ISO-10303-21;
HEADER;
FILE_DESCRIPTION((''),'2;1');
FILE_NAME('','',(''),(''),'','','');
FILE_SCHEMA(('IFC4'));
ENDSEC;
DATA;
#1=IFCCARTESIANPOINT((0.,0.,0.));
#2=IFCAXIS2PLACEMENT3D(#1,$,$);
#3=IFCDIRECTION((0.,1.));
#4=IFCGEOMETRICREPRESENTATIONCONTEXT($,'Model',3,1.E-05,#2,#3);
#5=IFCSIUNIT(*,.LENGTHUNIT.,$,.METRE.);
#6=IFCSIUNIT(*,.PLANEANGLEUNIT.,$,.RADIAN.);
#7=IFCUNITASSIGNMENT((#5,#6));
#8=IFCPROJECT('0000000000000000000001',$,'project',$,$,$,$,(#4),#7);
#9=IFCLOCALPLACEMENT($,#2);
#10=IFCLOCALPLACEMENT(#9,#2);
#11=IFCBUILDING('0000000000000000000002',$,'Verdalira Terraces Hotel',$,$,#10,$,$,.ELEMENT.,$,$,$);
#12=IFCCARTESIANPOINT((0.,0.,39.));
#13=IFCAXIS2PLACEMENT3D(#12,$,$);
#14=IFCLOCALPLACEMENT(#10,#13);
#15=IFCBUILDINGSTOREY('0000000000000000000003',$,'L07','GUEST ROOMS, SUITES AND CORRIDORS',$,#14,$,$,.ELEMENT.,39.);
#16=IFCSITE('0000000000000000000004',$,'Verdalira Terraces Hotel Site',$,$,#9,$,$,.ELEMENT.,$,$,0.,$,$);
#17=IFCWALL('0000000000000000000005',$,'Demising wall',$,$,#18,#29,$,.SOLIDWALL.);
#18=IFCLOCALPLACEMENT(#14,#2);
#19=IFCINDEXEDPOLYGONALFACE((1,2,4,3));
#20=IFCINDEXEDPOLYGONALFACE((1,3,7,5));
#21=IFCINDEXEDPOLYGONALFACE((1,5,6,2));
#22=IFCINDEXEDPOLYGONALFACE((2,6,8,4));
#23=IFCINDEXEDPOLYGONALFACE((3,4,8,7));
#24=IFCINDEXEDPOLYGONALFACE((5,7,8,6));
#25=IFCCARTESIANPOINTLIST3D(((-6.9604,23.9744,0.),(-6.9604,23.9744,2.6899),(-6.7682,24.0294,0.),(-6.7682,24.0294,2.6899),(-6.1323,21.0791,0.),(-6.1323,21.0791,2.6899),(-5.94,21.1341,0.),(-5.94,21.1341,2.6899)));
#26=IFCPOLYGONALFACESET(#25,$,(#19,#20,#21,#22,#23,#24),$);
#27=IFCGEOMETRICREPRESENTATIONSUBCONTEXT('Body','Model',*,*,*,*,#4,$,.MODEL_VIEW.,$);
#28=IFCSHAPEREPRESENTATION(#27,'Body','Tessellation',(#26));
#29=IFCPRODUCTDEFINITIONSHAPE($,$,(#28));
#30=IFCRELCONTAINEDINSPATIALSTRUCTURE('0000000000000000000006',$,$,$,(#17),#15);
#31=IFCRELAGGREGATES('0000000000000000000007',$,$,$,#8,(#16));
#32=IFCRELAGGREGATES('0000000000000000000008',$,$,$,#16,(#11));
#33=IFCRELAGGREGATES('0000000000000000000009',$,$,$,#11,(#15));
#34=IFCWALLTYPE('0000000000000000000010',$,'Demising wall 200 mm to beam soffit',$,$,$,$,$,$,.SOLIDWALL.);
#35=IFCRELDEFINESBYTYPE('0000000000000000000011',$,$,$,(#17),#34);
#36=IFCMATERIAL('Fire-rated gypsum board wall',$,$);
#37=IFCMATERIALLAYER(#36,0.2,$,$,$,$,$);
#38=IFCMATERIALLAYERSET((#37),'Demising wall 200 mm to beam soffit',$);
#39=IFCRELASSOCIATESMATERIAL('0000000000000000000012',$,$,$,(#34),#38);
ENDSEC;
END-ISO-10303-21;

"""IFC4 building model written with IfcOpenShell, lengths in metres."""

from ifc_helpers import new_model, si_unit, direction, frame, frame_2d, origin, place, context, subcontext, project, spatial, rectangle, extrude, material, layer, layer_set, type_object, element, save


model = new_model("IFC4")

# Units and contexts
model_context = context("Model", 3, precision=1e-05, world=origin(), true_north=direction((0.0, 1.0)))
body_context = subcontext(model_context, "Body", "Model", "MODEL_VIEW")
ifc_project = project(units=[si_unit("LENGTHUNIT", "METRE"), si_unit("PLANEANGLEUNIT", "RADIAN")], contexts=[model_context])

# Site, building, storey
site_placement = place(None, origin())
site = spatial("IfcSite", under=ifc_project, at=site_placement, Name="Verdalira Terraces Hotel Site", CompositionType="ELEMENT", RefElevation=0.0)
building_placement = place(site_placement, origin())
building = spatial("IfcBuilding", under=site, at=building_placement, Name="Verdalira Terraces Hotel", CompositionType="ELEMENT")
storey_placement = place(building_placement, frame((0.0, 0.0, 39.0)))
storey = spatial("IfcBuildingStorey", under=building, at=storey_placement, Name="L07", Description="GUEST ROOMS, SUITES AND CORRIDORS", CompositionType="ELEMENT", Elevation=39.0)

# Wall
ifc_material_1 = material(Name="Fire-rated gypsum board wall")
ifc_layer_1 = layer(ifc_material_1, 0.2)
ifc_layer_set_1 = layer_set([ifc_layer_1], Name="Demising wall 200 mm to beam soffit")
wall_type_1 = type_object("IfcWallType", Name="Demising wall 200 mm to beam soffit", PredefinedType="SOLIDWALL", material=ifc_layer_set_1)
wall_1_placement = place(storey_placement, frame((-6.0361, 21.1064, 0.0), z_axis=(0.0, 0.0, 1.0), x_axis=(-0.275, 0.961444, 0.0)))
element("IfcWall", 1, at=wall_1_placement, inside=storey, type_object=wall_type_1, Name="Demising wall", PredefinedType="SOLIDWALL", context=body_context, shape_type="SweptSolid", body=[
    extrude(rectangle(XDim=3.0115, YDim=0.2, at=frame_2d((1.5059, 0.0))), origin(), (0.0, 0.0, 1.0), 2.6899),
])

save(model, "model.ifc")
